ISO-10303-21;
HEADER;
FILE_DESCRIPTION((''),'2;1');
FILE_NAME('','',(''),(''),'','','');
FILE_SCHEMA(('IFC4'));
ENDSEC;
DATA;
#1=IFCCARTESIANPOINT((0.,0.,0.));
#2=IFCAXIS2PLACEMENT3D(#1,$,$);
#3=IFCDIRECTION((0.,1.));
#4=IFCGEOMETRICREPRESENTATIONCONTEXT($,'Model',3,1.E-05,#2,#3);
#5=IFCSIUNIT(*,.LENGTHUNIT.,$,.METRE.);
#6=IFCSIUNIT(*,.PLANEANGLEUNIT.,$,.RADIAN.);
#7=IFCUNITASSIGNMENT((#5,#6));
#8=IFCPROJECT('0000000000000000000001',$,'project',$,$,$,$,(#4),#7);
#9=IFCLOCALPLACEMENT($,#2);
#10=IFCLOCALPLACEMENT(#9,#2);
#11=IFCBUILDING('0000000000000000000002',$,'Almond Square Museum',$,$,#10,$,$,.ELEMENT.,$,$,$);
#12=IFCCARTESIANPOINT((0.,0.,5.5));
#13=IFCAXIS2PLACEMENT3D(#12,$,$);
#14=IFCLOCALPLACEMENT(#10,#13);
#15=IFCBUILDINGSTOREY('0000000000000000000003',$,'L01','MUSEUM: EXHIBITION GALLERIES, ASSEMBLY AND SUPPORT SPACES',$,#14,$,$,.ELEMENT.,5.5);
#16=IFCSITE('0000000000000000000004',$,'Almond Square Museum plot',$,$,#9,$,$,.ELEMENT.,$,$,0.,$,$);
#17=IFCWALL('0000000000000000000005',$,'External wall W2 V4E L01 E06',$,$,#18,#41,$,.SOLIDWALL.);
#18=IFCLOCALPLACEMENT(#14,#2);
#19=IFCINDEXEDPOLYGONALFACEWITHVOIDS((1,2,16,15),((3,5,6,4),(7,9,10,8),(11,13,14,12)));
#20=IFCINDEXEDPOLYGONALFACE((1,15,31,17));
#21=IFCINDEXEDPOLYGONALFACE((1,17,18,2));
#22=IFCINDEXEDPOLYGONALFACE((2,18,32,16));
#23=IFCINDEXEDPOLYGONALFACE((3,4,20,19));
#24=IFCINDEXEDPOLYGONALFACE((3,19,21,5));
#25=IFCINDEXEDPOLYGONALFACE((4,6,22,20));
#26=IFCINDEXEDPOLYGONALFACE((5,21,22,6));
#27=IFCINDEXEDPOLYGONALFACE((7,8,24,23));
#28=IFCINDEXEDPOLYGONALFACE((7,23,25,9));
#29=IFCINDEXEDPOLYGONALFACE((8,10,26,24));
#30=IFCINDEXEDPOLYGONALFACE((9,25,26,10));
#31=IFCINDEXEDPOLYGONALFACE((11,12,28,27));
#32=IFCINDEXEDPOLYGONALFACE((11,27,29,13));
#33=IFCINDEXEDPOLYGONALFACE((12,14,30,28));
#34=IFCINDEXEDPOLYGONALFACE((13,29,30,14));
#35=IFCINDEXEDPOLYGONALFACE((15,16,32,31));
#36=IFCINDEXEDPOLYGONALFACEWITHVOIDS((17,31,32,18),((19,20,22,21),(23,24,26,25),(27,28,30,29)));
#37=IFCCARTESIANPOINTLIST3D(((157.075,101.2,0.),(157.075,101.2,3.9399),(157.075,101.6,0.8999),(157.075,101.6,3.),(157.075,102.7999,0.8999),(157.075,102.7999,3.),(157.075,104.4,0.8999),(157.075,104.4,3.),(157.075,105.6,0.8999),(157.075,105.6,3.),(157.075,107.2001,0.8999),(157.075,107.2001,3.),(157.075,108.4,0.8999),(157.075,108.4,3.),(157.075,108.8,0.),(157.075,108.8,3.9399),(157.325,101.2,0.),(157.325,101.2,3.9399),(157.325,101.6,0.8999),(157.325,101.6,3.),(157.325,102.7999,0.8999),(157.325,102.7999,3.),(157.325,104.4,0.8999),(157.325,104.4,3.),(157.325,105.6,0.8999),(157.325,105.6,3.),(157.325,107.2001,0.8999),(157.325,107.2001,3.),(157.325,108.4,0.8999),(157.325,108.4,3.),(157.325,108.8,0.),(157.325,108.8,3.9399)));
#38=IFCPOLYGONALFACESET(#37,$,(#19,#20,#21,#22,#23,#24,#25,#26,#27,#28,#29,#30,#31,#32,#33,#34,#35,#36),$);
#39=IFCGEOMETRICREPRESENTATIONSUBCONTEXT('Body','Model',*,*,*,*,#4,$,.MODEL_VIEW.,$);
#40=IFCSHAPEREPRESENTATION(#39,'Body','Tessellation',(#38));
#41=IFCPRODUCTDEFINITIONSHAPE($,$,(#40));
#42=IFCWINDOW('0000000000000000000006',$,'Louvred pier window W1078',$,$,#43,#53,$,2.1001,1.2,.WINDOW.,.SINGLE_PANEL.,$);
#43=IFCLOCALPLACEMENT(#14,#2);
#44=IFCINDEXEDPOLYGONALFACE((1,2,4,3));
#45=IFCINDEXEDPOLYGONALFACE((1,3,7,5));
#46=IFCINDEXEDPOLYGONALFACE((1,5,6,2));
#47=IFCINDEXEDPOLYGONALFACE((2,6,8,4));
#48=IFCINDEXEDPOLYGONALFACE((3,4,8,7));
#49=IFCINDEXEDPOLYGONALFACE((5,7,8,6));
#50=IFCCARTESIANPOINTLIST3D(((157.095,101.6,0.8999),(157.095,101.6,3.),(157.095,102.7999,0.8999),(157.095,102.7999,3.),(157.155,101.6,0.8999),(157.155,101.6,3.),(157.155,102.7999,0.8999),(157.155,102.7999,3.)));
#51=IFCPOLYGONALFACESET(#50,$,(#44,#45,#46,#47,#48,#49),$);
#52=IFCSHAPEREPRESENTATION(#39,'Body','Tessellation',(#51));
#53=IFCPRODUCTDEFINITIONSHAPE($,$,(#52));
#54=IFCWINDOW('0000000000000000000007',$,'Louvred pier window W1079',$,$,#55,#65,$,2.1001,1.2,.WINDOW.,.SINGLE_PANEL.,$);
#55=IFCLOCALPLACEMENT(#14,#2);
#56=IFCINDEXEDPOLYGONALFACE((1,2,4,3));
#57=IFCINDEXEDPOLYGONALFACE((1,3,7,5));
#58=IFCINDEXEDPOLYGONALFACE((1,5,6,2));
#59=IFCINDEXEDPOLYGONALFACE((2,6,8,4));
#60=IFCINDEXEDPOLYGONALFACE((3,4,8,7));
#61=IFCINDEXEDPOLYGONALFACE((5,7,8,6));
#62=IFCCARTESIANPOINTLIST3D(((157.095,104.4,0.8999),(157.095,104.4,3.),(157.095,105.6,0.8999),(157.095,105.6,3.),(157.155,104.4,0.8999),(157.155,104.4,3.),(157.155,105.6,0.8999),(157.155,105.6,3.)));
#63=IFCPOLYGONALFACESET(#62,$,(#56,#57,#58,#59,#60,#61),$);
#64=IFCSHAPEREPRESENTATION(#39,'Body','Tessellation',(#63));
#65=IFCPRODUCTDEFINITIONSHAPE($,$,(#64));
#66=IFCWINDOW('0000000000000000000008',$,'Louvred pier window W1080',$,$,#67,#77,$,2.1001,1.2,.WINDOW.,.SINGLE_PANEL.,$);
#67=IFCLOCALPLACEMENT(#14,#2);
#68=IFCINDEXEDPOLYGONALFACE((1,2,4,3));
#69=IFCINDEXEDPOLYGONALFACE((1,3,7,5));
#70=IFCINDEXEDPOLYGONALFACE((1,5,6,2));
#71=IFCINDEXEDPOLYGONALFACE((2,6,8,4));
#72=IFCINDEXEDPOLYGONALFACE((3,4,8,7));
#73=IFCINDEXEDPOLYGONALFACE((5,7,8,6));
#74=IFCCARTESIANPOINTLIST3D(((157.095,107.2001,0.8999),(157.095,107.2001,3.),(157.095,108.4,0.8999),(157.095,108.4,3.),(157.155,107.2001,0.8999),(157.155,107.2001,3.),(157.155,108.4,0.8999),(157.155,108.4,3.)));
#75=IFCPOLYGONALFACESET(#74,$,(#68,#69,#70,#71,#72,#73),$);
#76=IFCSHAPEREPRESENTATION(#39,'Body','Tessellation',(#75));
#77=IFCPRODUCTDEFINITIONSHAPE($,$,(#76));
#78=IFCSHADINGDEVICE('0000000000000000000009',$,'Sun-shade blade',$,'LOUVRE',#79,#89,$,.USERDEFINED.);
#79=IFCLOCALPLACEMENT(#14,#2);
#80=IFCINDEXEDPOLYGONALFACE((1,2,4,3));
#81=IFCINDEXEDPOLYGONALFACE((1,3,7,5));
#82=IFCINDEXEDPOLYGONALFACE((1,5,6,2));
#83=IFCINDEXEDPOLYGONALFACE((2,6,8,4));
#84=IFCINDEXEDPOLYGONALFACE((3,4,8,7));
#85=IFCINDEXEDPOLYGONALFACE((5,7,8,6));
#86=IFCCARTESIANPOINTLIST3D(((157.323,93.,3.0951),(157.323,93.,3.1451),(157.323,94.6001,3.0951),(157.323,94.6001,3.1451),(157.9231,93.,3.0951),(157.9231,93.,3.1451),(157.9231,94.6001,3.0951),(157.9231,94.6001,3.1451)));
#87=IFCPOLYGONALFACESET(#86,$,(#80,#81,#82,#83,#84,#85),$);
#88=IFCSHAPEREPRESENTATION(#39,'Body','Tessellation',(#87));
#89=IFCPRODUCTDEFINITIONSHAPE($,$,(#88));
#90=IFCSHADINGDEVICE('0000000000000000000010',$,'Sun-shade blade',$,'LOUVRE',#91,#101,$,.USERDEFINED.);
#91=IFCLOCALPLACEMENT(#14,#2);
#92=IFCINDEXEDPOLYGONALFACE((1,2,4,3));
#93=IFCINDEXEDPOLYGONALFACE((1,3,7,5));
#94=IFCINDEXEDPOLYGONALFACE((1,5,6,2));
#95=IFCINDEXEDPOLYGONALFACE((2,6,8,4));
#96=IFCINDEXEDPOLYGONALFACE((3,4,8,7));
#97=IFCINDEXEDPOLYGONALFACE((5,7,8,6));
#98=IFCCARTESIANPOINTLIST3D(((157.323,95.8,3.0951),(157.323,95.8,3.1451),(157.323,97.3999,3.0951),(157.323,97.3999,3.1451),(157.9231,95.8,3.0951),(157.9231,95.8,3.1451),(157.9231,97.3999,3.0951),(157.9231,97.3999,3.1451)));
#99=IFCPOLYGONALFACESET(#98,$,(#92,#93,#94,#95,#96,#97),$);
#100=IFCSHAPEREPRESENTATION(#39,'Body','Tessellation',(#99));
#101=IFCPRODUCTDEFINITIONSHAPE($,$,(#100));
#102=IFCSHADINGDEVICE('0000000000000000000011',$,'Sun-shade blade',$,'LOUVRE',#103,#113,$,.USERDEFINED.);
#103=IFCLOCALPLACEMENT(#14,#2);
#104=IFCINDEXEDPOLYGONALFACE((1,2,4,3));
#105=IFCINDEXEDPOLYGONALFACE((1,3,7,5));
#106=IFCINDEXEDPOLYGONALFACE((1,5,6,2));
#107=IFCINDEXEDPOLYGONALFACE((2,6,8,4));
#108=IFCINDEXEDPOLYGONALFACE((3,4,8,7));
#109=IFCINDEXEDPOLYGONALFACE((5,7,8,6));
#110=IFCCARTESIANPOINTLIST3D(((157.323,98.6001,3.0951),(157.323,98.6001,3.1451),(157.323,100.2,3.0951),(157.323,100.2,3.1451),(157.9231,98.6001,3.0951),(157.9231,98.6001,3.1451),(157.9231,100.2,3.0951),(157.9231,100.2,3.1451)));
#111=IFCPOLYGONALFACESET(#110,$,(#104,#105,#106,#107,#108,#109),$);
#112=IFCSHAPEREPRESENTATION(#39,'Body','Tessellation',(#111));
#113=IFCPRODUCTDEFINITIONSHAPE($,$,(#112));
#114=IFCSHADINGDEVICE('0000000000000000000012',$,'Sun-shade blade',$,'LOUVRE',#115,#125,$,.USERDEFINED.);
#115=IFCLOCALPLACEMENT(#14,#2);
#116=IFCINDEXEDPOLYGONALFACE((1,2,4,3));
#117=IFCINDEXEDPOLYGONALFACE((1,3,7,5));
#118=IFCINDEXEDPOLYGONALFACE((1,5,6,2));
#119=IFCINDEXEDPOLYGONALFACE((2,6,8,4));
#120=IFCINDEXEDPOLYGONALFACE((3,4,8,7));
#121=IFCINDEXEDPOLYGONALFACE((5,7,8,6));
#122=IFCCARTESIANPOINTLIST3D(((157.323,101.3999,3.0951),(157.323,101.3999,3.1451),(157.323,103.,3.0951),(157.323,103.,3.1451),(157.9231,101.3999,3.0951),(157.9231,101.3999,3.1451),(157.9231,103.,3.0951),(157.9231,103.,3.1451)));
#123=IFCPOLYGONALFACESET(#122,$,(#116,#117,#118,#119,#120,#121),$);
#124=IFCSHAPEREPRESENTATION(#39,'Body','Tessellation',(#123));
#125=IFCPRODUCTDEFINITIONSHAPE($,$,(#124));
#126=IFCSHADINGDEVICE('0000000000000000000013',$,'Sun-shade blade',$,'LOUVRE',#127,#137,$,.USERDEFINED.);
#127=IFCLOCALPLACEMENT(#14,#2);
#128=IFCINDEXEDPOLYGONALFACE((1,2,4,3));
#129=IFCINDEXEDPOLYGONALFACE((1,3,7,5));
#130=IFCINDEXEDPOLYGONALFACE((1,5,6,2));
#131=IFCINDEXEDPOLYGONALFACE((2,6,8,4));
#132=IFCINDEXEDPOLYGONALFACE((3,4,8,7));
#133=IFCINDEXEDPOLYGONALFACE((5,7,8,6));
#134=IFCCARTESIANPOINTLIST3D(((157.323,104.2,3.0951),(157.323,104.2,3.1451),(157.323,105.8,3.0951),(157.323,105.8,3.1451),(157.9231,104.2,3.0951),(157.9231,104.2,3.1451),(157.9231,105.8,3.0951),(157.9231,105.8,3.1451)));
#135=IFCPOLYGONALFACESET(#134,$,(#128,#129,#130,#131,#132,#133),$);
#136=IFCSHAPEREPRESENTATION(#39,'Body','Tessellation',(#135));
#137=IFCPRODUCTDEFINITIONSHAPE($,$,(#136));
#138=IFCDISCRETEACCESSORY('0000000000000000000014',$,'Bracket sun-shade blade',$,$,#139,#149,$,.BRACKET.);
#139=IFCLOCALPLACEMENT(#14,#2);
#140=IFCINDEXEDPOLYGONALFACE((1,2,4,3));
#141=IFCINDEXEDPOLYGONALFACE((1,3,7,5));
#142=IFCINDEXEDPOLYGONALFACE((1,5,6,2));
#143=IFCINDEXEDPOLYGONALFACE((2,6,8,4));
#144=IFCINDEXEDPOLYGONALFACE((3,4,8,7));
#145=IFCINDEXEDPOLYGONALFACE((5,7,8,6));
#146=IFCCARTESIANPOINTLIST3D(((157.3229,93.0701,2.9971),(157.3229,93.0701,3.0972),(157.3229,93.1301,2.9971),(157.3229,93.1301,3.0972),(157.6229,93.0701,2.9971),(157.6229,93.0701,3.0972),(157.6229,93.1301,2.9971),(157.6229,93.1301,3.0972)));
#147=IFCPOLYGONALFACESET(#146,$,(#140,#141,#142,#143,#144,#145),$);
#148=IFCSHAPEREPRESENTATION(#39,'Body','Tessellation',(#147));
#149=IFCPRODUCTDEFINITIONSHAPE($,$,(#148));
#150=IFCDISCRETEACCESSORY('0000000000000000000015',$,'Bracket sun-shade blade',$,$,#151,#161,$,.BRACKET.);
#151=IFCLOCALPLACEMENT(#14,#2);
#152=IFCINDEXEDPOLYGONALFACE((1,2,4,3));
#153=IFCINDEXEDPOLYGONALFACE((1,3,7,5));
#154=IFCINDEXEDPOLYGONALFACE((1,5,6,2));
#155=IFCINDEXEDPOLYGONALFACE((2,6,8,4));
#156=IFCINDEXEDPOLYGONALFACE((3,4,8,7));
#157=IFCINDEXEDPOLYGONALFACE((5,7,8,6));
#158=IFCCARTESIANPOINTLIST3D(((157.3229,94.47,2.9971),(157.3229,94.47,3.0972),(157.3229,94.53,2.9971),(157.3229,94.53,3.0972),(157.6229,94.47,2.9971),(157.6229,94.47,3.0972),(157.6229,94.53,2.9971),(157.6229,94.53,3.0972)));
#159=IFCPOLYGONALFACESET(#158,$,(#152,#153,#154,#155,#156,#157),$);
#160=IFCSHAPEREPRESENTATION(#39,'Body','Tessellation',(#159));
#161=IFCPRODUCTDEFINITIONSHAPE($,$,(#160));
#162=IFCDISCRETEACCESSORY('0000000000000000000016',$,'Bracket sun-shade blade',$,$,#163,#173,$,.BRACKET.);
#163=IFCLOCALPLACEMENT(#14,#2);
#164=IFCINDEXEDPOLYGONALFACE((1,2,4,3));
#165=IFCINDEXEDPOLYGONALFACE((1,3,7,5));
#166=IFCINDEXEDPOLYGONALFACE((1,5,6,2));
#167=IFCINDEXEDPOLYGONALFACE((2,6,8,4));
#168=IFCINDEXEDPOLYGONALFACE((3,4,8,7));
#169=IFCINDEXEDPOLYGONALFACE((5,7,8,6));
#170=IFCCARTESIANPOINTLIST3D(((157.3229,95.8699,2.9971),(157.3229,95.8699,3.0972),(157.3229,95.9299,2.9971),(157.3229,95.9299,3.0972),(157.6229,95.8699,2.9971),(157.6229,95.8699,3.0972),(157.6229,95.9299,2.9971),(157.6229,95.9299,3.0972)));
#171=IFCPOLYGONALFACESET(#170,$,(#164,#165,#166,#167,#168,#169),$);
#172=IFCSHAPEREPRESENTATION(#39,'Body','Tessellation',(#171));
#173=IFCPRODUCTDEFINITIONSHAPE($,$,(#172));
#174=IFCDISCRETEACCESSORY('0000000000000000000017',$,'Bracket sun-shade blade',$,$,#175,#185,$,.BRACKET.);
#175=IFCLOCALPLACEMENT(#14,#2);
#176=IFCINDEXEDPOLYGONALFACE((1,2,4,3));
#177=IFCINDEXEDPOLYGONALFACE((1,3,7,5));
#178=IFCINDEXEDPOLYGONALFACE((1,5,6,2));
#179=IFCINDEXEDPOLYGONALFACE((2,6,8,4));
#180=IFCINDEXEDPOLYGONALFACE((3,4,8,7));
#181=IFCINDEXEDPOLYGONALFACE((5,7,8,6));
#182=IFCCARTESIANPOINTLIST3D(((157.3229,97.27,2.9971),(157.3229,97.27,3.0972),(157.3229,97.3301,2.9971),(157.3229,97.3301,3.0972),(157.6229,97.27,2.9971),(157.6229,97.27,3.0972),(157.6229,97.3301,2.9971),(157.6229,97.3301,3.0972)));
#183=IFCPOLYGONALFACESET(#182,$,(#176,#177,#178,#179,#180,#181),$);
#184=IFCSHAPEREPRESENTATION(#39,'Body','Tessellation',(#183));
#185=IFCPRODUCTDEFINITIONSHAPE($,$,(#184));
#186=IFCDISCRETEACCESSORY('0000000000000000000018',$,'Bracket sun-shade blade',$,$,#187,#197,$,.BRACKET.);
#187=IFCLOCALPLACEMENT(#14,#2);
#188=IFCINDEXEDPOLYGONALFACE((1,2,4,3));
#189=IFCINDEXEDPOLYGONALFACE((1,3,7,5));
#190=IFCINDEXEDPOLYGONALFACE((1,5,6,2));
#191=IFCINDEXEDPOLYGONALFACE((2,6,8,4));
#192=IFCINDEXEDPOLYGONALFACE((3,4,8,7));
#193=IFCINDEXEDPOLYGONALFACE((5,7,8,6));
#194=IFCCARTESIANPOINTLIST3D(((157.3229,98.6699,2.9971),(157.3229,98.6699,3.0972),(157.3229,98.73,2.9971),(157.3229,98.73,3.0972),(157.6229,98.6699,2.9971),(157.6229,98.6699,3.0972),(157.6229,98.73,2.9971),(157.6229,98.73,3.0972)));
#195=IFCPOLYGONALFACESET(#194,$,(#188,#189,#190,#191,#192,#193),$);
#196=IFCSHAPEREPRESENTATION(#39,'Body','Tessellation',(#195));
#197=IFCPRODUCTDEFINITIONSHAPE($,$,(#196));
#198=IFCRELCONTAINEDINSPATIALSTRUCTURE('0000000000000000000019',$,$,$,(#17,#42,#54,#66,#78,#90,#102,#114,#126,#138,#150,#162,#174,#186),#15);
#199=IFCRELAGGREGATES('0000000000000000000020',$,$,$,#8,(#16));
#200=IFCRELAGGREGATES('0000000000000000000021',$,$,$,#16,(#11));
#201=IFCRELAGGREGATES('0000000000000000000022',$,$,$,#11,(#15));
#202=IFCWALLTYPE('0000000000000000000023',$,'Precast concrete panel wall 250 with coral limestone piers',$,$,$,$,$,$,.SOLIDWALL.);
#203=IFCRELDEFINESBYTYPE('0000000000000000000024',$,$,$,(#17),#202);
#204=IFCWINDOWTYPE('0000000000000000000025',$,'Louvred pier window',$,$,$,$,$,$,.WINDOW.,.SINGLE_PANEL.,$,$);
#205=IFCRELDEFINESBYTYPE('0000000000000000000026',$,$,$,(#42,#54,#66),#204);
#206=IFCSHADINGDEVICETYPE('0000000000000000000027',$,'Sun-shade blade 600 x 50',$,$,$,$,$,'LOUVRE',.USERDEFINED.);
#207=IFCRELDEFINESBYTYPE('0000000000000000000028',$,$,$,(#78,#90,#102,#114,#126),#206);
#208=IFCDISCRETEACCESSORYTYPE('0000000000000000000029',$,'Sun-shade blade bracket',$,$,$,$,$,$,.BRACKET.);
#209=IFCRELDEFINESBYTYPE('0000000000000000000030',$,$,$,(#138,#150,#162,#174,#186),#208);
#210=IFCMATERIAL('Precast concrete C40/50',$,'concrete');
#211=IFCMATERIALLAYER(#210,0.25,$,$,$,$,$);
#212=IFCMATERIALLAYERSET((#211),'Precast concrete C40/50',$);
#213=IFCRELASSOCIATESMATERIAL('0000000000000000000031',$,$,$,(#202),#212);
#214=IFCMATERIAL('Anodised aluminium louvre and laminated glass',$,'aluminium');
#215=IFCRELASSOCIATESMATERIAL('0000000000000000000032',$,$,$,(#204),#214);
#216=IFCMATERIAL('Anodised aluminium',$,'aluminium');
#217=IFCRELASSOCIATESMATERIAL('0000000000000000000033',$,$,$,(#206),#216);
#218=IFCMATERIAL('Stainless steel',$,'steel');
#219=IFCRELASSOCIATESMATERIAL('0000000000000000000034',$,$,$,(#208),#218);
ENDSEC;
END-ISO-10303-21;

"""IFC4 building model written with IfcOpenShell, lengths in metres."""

from ifc_helpers import new_model, si_unit, direction, frame, frame_2d, origin, origin_2d, place, context, subcontext, project, spatial, rectangle, extrude, material, layer, layer_set, material_profile, profile_set, type_object, element, fill, save


model = new_model("IFC4")

# Units and contexts
model_context = context("Model", 3, precision=1e-05, world=origin(), true_north=direction((0.0, 1.0)))
body_context = subcontext(model_context, "Body", "Model", "MODEL_VIEW")
ifc_project = project(units=[si_unit("LENGTHUNIT", "METRE"), si_unit("PLANEANGLEUNIT", "RADIAN")], contexts=[model_context])

# Site, building, storey
site_placement = place(None, origin())
site = spatial("IfcSite", under=ifc_project, at=site_placement, Name="Almond Square Museum plot", CompositionType="ELEMENT", RefElevation=0.0)
building_placement = place(site_placement, origin())
building = spatial("IfcBuilding", under=site, at=building_placement, Name="Almond Square Museum", CompositionType="ELEMENT")
storey_placement = place(building_placement, frame((0.0, 0.0, 5.5)))
storey = spatial("IfcBuildingStorey", under=building, at=storey_placement, Name="L01", Description="MUSEUM: EXHIBITION GALLERIES, ASSEMBLY AND SUPPORT SPACES", CompositionType="ELEMENT", Elevation=5.5)

# Wall, openings, windows
ifc_material_1 = material(Name="Precast concrete C40/50", Category="concrete")
ifc_layer_1 = layer(ifc_material_1, 0.25)
ifc_layer_set_1 = layer_set([ifc_layer_1], Name="Precast concrete C40/50")
wall_type_1 = type_object("IfcWallType", Name="Precast concrete panel wall 250 with coral limestone piers", PredefinedType="SOLIDWALL", material=ifc_layer_set_1)
ifc_material_2 = material(Name="Anodised aluminium louvre and laminated glass", Category="aluminium")
window_type = type_object("IfcWindowType", Name="Louvred pier window", PartitioningType="SINGLE_PANEL", PredefinedType="WINDOW", material=ifc_material_2)
wall_1_placement = place(storey_placement, frame((157.2, 101.2, 0.0), z_axis=(0.0, 0.0, 1.0), x_axis=(0.0, 1.0, 0.0)))
wall_1 = element("IfcWall", 1, at=wall_1_placement, inside=storey, type_object=wall_type_1, Name="External wall W2 V4E L01 E06", PredefinedType="SOLIDWALL", context=body_context, shape_type="SweptSolid", body=[
    extrude(rectangle(XDim=7.6001, YDim=0.25, at=frame_2d((3.8, 0.0))), origin(), (0.0, 0.0, 1.0), 3.9399),
])
opening_1_placement = place(wall_1_placement, frame((0.3999, 0.0, 0.8999)))
opening_1 = element("IfcOpeningElement", 2, at=opening_1_placement, cuts=wall_1, PredefinedType="OPENING", context=body_context, shape_type="SweptSolid", body=[
    extrude(rectangle(XDim=1.2, YDim=2.1001, at=frame_2d((0.6001, 1.05))), frame((0.0, 0.135, 0.0), z_axis=(0.0, -1.0, 0.0), x_axis=(1.0, 0.0, 0.0)), (0.0, 0.0, 1.0), 0.27),
])
opening_2_placement = place(wall_1_placement, frame((3.2, 0.0, 0.8999)))
opening_2 = element("IfcOpeningElement", 3, at=opening_2_placement, cuts=wall_1, PredefinedType="OPENING", context=body_context, shape_type="SweptSolid", body=[
    extrude(rectangle(XDim=1.2, YDim=2.1001, at=frame_2d((0.6001, 1.05))), frame((0.0, 0.135, 0.0), z_axis=(0.0, -1.0, 0.0), x_axis=(1.0, 0.0, 0.0)), (0.0, 0.0, 1.0), 0.27),
])
opening_3_placement = place(wall_1_placement, frame((6.0, 0.0, 0.8999)))
opening_3 = element("IfcOpeningElement", 4, at=opening_3_placement, cuts=wall_1, PredefinedType="OPENING", context=body_context, shape_type="SweptSolid", body=[
    extrude(rectangle(XDim=1.2, YDim=2.1001, at=frame_2d((0.6001, 1.05))), frame((0.0, 0.135, 0.0), z_axis=(0.0, -1.0, 0.0), x_axis=(1.0, 0.0, 0.0)), (0.0, 0.0, 1.0), 0.27),
])
window_1_placement = place(opening_1_placement, origin())
window_1 = element("IfcWindow", 5, at=window_1_placement, inside=storey, type_object=window_type, Name="Louvred pier window W1078", OverallHeight=2.1001, OverallWidth=1.2, PartitioningType="SINGLE_PANEL", PredefinedType="WINDOW", context=body_context, shape_type="SweptSolid", body=[
    extrude(rectangle(XDim=1.2, YDim=2.1001, at=frame_2d((0.6001, 1.05))), frame((0.0, 0.105, 0.0), z_axis=(0.0, -1.0, 0.0), x_axis=(1.0, 0.0, 0.0)), (0.0, 0.0, 1.0), 0.0601),
])
fill(opening_1, window_1)
window_2_placement = place(opening_2_placement, origin())
window_2 = element("IfcWindow", 6, at=window_2_placement, inside=storey, type_object=window_type, Name="Louvred pier window W1079", OverallHeight=2.1001, OverallWidth=1.2, PartitioningType="SINGLE_PANEL", PredefinedType="WINDOW", context=body_context, shape_type="SweptSolid", body=[
    extrude(rectangle(XDim=1.2, YDim=2.1001, at=frame_2d((0.6001, 1.05))), frame((0.0, 0.105, 0.0), z_axis=(0.0, -1.0, 0.0), x_axis=(1.0, 0.0, 0.0)), (0.0, 0.0, 1.0), 0.0601),
])
fill(opening_2, window_2)
window_3_placement = place(opening_3_placement, origin())
window_3 = element("IfcWindow", 7, at=window_3_placement, inside=storey, type_object=window_type, Name="Louvred pier window W1080", OverallHeight=2.1001, OverallWidth=1.2, PartitioningType="SINGLE_PANEL", PredefinedType="WINDOW", context=body_context, shape_type="SweptSolid", body=[
    extrude(rectangle(XDim=1.2, YDim=2.1001, at=frame_2d((0.6001, 1.05))), frame((0.0, 0.105, 0.0), z_axis=(0.0, -1.0, 0.0), x_axis=(1.0, 0.0, 0.0)), (0.0, 0.0, 1.0), 0.0601),
])
fill(opening_3, window_3)

# Shading devices
ifc_material_3 = material(Name="Anodised aluminium", Category="aluminium")
ifc_material_profile_1 = material_profile(ifc_material_3, rectangle(XDim=0.6001, YDim=0.05, at=origin_2d()))
ifc_profile_set_1 = profile_set([ifc_material_profile_1], Name="Anodised aluminium")
shading_device_type = type_object("IfcShadingDeviceType", Name="Sun-shade blade 600 x 50", ElementType="LOUVRE", PredefinedType="USERDEFINED", material=ifc_profile_set_1)
shading_device_placement = place(storey_placement, frame((157.623, 93.0, 3.1201), z_axis=(0.0, 1.0, 0.0), x_axis=(-1.0, 0.0, 0.0)))
element("IfcShadingDevice", 8, at=shading_device_placement, inside=storey, type_object=shading_device_type, Name="Sun-shade blade", ObjectType="LOUVRE", PredefinedType="USERDEFINED", context=body_context, shape_type="SweptSolid", body=[
    extrude(rectangle(XDim=0.6001, YDim=0.05, at=origin_2d()), origin(), (0.0, 0.0, 1.0), 1.6001),
])
for number, where, z_axis, x_axis, name in (
    (9, (157.623, 95.8, 3.1201), (0.0, 1.0, 0.0), (-1.0, 0.0, 0.0), "Sun-shade blade"),
    (10, (157.623, 98.6001, 3.1201), (0.0, 1.0, 0.0), (-1.0, 0.0, 0.0), "Sun-shade blade"),
):
    element("IfcShadingDevice", number, at=place(storey_placement, frame(where, z_axis=z_axis, x_axis=x_axis)), inside=storey, type_object=shading_device_type, Name=name, ObjectType="LOUVRE", PredefinedType="USERDEFINED", context=body_context, shape_type="SweptSolid", body=[
        extrude(rectangle(XDim=0.6001, YDim=0.05, at=origin_2d()), origin(), (0.0, 0.0, 1.0), 1.5999),
    ])
for number, where, z_axis, x_axis, name in (
    (11, (157.623, 101.3999, 3.1201), (0.0, 1.0, 0.0), (-1.0, 0.0, 0.0), "Sun-shade blade"),
    (12, (157.623, 104.2, 3.1201), (0.0, 1.0, 0.0), (-1.0, 0.0, 0.0), "Sun-shade blade"),
):
    element("IfcShadingDevice", number, at=place(storey_placement, frame(where, z_axis=z_axis, x_axis=x_axis)), inside=storey, type_object=shading_device_type, Name=name, ObjectType="LOUVRE", PredefinedType="USERDEFINED", context=body_context, shape_type="SweptSolid", body=[
        extrude(rectangle(XDim=0.6001, YDim=0.05, at=origin_2d()), origin(), (0.0, 0.0, 1.0), 1.6001),
    ])

# Discrete accessories
ifc_material_4 = material(Name="Stainless steel", Category="steel")
discrete_accessory_type = type_object("IfcDiscreteAccessoryType", Name="Sun-shade blade bracket", PredefinedType="BRACKET", material=ifc_material_4)
for number, where, z_axis, x_axis, name in (
    (13, (157.4729, 93.1001, 2.9971), (0.0, 0.0, 1.0), (1.0, 0.0, 0.0), "Bracket sun-shade blade"),
    (14, (157.4729, 94.5, 2.9971), (0.0, 0.0, 1.0), (1.0, 0.0, 0.0), "Bracket sun-shade blade"),
    (15, (157.4729, 95.8999, 2.9971), (0.0, 0.0, 1.0), (1.0, 0.0, 0.0), "Bracket sun-shade blade"),
    (16, (157.4729, 97.3, 2.9971), (0.0, 0.0, 1.0), (1.0, 0.0, 0.0), "Bracket sun-shade blade"),
    (17, (157.4729, 98.7, 2.9971), (0.0, 0.0, 1.0), (1.0, 0.0, 0.0), "Bracket sun-shade blade"),
):
    element("IfcDiscreteAccessory", number, at=place(storey_placement, frame(where, z_axis=z_axis, x_axis=x_axis)), inside=storey, type_object=discrete_accessory_type, Name=name, PredefinedType="BRACKET", context=body_context, shape_type="SweptSolid", body=[
        extrude(rectangle(XDim=0.3, YDim=0.0601, at=origin_2d()), origin(), (0.0, 0.0, 1.0), 0.1001),
    ])

save(model, "model.ifc")
